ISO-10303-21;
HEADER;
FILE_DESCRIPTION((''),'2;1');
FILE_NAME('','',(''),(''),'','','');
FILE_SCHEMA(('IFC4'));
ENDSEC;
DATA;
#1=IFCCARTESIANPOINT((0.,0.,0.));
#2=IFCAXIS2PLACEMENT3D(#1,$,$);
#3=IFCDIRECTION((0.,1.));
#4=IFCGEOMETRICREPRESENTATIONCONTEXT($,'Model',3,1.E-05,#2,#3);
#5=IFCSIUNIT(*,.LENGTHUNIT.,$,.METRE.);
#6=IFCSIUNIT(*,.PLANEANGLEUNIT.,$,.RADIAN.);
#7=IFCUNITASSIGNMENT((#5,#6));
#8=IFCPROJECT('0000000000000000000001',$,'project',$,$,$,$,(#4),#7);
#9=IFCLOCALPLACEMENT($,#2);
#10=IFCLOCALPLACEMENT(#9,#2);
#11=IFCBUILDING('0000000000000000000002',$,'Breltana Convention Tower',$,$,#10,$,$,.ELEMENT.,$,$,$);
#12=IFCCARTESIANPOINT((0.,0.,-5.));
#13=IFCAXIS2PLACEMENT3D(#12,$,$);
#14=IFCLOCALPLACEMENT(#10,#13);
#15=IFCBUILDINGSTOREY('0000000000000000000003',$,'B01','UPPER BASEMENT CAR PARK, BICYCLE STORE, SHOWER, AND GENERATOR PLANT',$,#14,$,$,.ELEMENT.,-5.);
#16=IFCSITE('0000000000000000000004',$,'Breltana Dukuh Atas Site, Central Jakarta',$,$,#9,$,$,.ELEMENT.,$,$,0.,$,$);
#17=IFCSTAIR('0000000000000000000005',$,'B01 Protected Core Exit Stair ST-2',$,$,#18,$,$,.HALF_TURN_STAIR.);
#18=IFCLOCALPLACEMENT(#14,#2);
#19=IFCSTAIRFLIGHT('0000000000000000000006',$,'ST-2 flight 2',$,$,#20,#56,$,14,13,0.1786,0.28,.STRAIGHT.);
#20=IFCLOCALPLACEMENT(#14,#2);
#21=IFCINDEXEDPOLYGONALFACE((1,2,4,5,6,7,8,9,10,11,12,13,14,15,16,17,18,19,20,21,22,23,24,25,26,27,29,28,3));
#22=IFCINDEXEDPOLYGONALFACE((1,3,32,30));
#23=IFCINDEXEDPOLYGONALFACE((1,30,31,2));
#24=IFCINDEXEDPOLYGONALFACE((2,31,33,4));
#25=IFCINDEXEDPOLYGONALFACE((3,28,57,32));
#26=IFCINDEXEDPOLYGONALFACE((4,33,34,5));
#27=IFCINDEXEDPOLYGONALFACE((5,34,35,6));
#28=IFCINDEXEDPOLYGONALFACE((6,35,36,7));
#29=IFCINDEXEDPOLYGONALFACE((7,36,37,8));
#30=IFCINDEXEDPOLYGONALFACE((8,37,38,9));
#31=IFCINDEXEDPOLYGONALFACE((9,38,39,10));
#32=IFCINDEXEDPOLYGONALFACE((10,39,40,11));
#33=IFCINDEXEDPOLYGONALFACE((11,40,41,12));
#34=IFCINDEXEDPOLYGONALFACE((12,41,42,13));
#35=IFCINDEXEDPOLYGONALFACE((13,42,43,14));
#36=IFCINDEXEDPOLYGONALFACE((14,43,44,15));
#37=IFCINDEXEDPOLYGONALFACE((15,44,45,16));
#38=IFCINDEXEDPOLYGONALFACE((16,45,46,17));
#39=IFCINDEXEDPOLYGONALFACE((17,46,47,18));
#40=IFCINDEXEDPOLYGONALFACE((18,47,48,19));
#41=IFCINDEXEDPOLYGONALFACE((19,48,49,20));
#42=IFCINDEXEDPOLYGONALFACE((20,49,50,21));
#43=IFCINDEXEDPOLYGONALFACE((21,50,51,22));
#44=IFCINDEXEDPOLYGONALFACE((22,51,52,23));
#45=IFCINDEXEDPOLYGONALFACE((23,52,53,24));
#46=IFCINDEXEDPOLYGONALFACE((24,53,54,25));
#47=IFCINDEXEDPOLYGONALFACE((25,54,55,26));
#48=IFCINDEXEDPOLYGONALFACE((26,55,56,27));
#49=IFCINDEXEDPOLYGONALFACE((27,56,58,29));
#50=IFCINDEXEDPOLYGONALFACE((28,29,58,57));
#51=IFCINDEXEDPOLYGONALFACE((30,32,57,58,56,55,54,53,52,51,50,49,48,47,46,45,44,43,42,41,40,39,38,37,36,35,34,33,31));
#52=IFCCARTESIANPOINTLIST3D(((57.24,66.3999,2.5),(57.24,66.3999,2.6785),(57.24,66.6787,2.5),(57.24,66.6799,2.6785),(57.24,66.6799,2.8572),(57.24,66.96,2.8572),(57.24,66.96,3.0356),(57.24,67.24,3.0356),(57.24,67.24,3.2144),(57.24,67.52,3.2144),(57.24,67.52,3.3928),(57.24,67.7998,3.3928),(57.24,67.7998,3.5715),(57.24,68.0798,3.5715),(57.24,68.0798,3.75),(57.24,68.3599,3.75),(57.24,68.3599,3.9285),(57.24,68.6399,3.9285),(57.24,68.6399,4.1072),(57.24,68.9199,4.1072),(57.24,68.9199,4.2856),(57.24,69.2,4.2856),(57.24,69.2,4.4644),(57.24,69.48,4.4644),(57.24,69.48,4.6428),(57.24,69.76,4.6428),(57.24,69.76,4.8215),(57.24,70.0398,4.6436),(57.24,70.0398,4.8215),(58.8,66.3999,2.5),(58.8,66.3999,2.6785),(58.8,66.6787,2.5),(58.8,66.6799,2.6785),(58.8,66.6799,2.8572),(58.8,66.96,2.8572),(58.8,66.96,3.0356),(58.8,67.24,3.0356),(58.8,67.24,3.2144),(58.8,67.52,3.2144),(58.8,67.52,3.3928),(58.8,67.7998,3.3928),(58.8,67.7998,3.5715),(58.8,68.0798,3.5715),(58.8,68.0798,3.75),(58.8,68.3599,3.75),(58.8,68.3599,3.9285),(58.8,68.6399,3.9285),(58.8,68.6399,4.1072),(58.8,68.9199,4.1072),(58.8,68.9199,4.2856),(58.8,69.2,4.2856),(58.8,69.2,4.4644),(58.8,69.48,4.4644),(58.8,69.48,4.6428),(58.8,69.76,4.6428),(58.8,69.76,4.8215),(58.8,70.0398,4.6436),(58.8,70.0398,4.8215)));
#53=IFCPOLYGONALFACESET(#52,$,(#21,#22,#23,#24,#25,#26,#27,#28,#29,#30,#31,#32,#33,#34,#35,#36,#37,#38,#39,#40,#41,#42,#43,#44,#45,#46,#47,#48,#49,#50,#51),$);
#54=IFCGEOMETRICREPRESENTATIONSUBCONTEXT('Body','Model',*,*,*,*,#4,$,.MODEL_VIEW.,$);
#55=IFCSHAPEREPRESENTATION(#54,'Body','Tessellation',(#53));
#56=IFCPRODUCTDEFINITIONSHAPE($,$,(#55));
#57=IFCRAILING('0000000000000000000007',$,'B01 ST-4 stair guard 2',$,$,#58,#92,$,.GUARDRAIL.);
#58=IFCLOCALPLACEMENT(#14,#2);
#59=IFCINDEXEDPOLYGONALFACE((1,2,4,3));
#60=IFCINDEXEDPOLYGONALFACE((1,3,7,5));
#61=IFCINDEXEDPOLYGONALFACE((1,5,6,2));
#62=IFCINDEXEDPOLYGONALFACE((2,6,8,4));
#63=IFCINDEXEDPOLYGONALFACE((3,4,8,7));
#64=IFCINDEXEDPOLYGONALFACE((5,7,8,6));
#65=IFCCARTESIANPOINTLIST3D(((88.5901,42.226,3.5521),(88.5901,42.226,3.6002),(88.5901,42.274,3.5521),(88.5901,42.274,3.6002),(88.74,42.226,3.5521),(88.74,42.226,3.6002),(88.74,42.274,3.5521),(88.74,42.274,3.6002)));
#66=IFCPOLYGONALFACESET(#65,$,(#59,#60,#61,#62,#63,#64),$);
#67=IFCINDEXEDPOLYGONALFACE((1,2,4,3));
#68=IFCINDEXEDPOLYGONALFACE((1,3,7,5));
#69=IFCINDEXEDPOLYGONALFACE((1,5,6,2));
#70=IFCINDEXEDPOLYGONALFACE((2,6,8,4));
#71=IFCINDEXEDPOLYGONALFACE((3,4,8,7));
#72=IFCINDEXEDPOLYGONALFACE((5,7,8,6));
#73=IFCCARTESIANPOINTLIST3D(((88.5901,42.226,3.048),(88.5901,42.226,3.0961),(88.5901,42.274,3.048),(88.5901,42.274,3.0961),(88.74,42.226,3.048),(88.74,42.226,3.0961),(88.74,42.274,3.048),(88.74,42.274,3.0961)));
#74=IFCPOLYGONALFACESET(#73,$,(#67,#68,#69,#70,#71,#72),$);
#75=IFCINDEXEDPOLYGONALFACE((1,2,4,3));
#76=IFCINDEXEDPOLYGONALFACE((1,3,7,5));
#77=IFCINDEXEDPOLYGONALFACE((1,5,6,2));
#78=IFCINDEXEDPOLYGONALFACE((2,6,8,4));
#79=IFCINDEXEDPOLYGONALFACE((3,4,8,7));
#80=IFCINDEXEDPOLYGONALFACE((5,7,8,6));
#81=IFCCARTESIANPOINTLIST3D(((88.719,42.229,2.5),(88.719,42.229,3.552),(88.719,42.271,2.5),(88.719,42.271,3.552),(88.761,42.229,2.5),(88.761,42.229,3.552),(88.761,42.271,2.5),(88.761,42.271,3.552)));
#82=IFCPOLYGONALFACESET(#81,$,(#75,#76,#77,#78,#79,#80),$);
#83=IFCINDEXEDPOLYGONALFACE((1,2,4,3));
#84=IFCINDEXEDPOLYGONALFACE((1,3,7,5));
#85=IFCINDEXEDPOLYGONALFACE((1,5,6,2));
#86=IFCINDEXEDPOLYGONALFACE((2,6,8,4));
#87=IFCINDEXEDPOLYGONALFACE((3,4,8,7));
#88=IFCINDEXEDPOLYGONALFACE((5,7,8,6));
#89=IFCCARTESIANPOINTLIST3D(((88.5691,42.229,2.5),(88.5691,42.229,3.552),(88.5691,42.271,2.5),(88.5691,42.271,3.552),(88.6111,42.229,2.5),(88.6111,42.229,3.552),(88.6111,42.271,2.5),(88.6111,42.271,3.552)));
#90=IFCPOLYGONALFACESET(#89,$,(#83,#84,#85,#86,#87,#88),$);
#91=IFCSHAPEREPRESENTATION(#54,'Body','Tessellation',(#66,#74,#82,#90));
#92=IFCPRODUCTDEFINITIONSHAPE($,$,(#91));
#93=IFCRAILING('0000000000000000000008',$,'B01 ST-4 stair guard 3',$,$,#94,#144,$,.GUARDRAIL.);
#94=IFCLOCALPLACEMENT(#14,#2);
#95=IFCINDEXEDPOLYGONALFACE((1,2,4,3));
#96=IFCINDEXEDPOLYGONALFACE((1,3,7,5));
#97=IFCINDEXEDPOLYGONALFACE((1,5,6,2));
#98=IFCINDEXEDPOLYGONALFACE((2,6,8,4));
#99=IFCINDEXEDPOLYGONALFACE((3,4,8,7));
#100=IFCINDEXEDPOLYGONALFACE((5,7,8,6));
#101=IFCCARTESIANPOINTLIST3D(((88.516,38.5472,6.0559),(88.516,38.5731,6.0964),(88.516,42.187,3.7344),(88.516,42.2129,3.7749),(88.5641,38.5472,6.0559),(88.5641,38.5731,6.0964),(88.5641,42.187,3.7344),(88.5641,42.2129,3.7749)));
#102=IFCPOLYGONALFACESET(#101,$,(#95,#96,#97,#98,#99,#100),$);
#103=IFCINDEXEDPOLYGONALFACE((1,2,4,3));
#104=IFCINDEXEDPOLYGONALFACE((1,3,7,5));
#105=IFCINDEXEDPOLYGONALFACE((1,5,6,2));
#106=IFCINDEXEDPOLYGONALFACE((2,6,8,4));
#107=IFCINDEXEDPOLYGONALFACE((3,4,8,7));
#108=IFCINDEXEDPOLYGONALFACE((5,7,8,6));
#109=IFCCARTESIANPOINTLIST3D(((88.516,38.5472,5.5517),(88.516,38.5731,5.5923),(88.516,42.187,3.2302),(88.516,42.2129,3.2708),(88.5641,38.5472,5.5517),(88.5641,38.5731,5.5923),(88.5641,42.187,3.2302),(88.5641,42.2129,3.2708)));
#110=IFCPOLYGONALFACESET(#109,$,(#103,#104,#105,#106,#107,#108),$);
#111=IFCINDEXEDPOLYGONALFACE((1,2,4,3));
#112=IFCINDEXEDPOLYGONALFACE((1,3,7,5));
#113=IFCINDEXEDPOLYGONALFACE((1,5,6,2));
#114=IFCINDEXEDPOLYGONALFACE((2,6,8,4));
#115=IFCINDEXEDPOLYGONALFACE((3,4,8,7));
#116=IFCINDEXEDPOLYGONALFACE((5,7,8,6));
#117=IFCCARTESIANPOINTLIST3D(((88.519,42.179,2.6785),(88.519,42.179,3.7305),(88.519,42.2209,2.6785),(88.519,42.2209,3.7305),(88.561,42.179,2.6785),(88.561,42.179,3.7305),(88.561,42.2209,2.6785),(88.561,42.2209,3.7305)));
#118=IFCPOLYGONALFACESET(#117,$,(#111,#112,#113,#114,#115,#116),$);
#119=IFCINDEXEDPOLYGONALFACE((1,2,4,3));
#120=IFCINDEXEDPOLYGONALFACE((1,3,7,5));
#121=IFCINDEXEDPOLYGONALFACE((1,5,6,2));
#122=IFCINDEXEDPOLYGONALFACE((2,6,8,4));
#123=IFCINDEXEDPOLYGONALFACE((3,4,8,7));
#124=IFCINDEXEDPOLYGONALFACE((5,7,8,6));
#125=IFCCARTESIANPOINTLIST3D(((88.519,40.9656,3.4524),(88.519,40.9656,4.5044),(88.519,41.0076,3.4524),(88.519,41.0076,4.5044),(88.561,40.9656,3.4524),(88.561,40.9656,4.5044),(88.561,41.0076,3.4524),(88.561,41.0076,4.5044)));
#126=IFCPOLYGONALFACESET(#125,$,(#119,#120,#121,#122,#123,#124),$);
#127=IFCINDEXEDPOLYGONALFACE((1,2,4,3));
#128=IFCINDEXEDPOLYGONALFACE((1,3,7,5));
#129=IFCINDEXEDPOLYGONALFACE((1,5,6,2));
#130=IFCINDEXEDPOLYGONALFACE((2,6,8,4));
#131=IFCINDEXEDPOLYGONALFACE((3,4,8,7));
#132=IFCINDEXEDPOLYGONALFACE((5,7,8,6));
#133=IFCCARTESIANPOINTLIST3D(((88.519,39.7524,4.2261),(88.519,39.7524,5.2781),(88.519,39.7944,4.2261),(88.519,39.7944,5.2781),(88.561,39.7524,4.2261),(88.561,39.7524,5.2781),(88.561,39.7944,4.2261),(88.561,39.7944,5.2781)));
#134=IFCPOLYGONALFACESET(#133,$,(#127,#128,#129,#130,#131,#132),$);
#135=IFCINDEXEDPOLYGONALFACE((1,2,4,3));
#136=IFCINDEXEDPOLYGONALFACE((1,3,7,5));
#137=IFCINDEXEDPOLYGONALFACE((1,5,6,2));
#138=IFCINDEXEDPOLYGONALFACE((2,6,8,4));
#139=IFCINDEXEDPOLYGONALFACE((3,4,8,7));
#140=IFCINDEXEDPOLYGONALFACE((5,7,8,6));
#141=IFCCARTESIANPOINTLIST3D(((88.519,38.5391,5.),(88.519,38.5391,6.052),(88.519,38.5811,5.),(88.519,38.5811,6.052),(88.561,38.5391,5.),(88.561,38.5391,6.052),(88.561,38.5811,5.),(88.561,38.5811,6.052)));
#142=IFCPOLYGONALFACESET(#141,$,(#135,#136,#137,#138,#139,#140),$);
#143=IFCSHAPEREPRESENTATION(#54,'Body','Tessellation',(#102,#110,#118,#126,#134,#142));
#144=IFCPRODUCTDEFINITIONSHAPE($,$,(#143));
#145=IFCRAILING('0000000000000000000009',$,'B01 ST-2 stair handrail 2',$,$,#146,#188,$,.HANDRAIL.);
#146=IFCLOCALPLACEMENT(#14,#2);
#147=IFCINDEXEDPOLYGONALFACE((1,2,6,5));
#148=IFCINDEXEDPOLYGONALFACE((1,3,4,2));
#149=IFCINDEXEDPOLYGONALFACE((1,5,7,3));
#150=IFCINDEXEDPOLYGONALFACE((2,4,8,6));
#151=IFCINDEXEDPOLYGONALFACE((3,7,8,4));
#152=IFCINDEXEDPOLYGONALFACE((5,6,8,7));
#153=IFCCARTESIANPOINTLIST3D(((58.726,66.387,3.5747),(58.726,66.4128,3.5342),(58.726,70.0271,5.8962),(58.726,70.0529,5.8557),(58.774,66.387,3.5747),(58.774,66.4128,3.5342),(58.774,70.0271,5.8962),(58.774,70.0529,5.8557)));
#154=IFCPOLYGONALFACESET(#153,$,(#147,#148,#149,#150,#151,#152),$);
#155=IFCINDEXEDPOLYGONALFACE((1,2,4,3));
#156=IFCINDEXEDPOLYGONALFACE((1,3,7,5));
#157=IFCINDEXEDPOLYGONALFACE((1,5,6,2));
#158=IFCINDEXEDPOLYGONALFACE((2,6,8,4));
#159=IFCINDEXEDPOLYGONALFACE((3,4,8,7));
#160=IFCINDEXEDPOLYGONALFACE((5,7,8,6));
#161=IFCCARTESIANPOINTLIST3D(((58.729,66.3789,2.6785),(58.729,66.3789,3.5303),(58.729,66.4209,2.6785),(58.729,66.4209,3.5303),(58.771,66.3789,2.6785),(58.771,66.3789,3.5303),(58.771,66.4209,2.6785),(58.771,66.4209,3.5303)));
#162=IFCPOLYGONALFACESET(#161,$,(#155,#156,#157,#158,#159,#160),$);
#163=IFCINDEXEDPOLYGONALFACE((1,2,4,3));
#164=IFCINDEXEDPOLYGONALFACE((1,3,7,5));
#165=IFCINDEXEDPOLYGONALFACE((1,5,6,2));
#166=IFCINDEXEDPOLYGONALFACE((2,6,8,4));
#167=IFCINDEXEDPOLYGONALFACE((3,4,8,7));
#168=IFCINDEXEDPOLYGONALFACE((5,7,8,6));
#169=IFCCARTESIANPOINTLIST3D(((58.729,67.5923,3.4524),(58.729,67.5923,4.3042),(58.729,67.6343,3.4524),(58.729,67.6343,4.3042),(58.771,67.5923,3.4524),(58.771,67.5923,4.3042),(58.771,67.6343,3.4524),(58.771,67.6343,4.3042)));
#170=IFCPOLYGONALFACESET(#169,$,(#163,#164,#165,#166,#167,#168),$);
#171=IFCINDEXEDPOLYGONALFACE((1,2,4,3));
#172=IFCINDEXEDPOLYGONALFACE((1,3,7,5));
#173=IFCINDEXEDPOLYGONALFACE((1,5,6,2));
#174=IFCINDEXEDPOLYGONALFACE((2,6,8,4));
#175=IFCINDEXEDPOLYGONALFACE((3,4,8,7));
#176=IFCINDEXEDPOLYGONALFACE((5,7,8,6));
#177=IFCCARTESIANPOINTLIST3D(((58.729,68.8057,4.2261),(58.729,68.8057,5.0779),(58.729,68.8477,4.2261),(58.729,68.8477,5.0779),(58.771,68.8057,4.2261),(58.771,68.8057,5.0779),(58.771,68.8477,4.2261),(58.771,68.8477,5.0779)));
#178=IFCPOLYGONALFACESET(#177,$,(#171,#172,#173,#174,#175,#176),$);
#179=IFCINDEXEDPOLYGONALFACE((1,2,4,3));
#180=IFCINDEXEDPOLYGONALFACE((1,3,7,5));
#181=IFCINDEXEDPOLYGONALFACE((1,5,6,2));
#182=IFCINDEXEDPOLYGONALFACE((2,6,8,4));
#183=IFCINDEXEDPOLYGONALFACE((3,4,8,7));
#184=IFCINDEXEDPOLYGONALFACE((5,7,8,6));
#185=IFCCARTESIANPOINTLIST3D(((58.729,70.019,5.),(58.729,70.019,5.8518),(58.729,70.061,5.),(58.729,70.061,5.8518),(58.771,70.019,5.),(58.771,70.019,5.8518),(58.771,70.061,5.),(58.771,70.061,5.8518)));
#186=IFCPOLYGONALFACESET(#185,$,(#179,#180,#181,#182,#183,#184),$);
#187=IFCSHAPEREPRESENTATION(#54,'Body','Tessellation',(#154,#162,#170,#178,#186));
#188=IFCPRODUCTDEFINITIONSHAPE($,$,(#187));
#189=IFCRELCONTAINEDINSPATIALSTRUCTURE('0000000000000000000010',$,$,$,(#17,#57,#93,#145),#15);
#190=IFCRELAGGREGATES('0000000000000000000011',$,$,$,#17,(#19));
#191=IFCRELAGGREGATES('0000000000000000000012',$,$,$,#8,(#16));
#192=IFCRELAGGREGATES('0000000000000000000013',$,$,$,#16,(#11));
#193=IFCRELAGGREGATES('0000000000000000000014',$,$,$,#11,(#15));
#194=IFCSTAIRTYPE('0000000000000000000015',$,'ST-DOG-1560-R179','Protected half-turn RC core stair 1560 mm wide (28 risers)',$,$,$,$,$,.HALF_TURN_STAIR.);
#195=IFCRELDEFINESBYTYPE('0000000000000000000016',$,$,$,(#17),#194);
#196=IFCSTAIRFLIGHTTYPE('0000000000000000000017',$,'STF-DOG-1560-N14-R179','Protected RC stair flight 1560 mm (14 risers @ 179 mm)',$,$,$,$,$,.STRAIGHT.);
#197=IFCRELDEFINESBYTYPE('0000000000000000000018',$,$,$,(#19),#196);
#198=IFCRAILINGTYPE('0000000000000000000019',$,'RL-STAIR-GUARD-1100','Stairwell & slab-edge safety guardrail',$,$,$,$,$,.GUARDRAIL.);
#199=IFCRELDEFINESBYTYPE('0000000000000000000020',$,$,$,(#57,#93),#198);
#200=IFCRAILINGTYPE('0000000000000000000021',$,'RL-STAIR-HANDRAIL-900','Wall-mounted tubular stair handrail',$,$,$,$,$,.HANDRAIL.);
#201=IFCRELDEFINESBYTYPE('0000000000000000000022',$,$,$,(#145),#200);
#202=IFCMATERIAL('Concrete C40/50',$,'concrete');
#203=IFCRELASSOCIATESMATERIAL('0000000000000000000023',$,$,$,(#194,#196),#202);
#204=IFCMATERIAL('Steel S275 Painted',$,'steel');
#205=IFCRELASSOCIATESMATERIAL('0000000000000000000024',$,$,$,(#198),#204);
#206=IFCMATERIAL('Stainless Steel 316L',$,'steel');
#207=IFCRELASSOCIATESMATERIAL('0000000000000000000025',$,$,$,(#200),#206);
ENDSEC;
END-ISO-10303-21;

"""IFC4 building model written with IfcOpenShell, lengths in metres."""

from ifc_helpers import new_model, si_unit, direction, frame, origin, origin_2d, place, context, subcontext, project, spatial, polyline, rectangle, outline, extrude, material, type_object, element, aggregate, save


model = new_model("IFC4")

# Units and contexts
model_context = context("Model", 3, precision=1e-05, world=origin(), true_north=direction((0.0, 1.0)))
body_context = subcontext(model_context, "Body", "Model", "MODEL_VIEW")
ifc_project = project(units=[si_unit("LENGTHUNIT", "METRE"), si_unit("PLANEANGLEUNIT", "RADIAN")], contexts=[model_context])

# Site, building, storey
site_placement = place(None, origin())
site = spatial("IfcSite", under=ifc_project, at=site_placement, Name="Breltana Dukuh Atas Site, Central Jakarta", CompositionType="ELEMENT", RefElevation=0.0)
building_placement = place(site_placement, origin())
building = spatial("IfcBuilding", under=site, at=building_placement, Name="Breltana Convention Tower", CompositionType="ELEMENT")
storey_placement = place(building_placement, frame((0.0, 0.0, -5.0)))
storey = spatial("IfcBuildingStorey", under=building, at=storey_placement, Name="B01", Description="UPPER BASEMENT CAR PARK, BICYCLE STORE, SHOWER, AND GENERATOR PLANT", CompositionType="ELEMENT", Elevation=-5.0)

# Shared definitions
ifc_material_1 = material(Name="Concrete C40/50", Category="concrete")

# Stair, stair flight
stair_type = type_object("IfcStairType", Name="ST-DOG-1560-R179", Description="Protected half-turn RC core stair 1560 mm wide (28 risers)", PredefinedType="HALF_TURN_STAIR", material=ifc_material_1)
stair_placement = place(storey_placement, origin())
stair = element("IfcStair", 1, at=stair_placement, inside=storey, type_object=stair_type, Name="B01 Protected Core Exit Stair ST-2", PredefinedType="HALF_TURN_STAIR")
stair_flight_type = type_object("IfcStairFlightType", Name="STF-DOG-1560-N14-R179", Description="Protected RC stair flight 1560 mm (14 risers @ 179 mm)", PredefinedType="STRAIGHT", material=ifc_material_1)
stair_flight_placement = place(storey_placement, frame((58.02, 66.3999, 2.5), z_axis=(0.0, 0.0, 1.0), x_axis=(0.0, 1.0, 0.0)))
stair_flight = element("IfcStairFlight", 2, at=stair_flight_placement, type_object=stair_flight_type, Name="ST-2 flight 2", NumberOfRisers=14, NumberOfTreads=13, PredefinedType="STRAIGHT", RiserHeight=0.1786, TreadLength=0.28, context=body_context, shape_type="SweptSolid", body=[
    extrude(outline(polyline([(0.0, 0.0), (0.0, 0.1785), (0.28, 0.1785), (0.28, 0.3572), (0.5601, 0.3572), (0.5601, 0.5356), (0.8401, 0.5356), (0.8401, 0.7144), (1.1201, 0.7144), (1.1201, 0.8928), (1.3999, 0.8928), (1.3999, 1.0715), (1.6799, 1.0715), (1.6799, 1.25), (1.96, 1.25), (1.96, 1.4285), (2.24, 1.4285), (2.24, 1.6072), (2.52, 1.6072), (2.52, 1.7856), (2.8, 1.7856), (2.8, 1.9644), (3.0801, 1.9644), (3.0801, 2.1428), (3.3601, 2.1428), (3.3601, 2.3215), (3.6399, 2.3215), (3.6399, 2.5), (3.6399, 2.1436), (0.2788, 0.0), (0.0, 0.0)])), frame((0.0, 0.78, 0.0), z_axis=(0.0, -1.0, 0.0), x_axis=(1.0, 0.0, 0.0)), (0.0, 0.0, 1.0), 1.5601),
])
aggregate(stair, [stair_flight])

# Railings
ifc_material_2 = material(Name="Steel S275 Painted", Category="steel")
railing_type_1 = type_object("IfcRailingType", Name="RL-STAIR-GUARD-1100", Description="Stairwell & slab-edge safety guardrail", PredefinedType="GUARDRAIL", material=ifc_material_2)
railing_1_placement = place(storey_placement, frame((88.74, 42.25, 2.5)))
element("IfcRailing", 3, at=railing_1_placement, inside=storey, type_object=railing_type_1, Name="B01 ST-4 stair guard 2", PredefinedType="GUARDRAIL", context=body_context, shape_type="SweptSolid", body=[
    extrude(rectangle(XDim=0.0481, YDim=0.0481, at=origin_2d()), frame((0.0, 0.0, 1.0762), z_axis=(-1.0, 0.0, 0.0), x_axis=(0.0, -1.0, 0.0)), (0.0, 0.0, 1.0), 0.1499),
    extrude(rectangle(XDim=0.0481, YDim=0.0481, at=origin_2d()), frame((0.0, 0.0, 0.572), z_axis=(-1.0, 0.0, 0.0), x_axis=(0.0, -1.0, 0.0)), (0.0, 0.0, 1.0), 0.1499),
    extrude(rectangle(XDim=0.042, YDim=0.042, at=origin_2d()), origin(), (0.0, 0.0, 1.0), 1.052),
    extrude(rectangle(XDim=0.042, YDim=0.042, at=origin_2d()), frame((-0.1499, 0.0, 0.0)), (0.0, 0.0, 1.0), 1.052),
])
railing_2_placement = place(storey_placement, frame((88.54, 42.2, 2.6785)))
element("IfcRailing", 4, at=railing_2_placement, inside=storey, type_object=railing_type_1, Name="B01 ST-4 stair guard 3", PredefinedType="GUARDRAIL", context=body_context, shape_type="SweptSolid", body=[
    extrude(rectangle(XDim=0.0481, YDim=0.0481, at=origin_2d()), frame((0.0, 0.0, 1.0762), z_axis=(0.0, -0.843112, 0.537739), x_axis=(1.0, 0.0, 0.0)), (0.0, 0.0, 1.0), 4.3171),
    extrude(rectangle(XDim=0.0481, YDim=0.0481, at=origin_2d()), frame((0.0, 0.0, 0.572), z_axis=(0.0, -0.843112, 0.537739), x_axis=(1.0, 0.0, 0.0)), (0.0, 0.0, 1.0), 4.3171),
    extrude(rectangle(XDim=0.042, YDim=0.042, at=origin_2d()), origin(), (0.0, 0.0, 1.0), 1.052),
    extrude(rectangle(XDim=0.042, YDim=0.042, at=origin_2d()), frame((0.0, -1.2134, 0.7739)), (0.0, 0.0, 1.0), 1.052),
    extrude(rectangle(XDim=0.042, YDim=0.042, at=origin_2d()), frame((0.0, -2.4265, 1.5476)), (0.0, 0.0, 1.0), 1.052),
    extrude(rectangle(XDim=0.042, YDim=0.042, at=origin_2d()), frame((0.0, -3.6399, 2.3215)), (0.0, 0.0, 1.0), 1.052),
])
ifc_material_3 = material(Name="Stainless Steel 316L", Category="steel")
railing_type_2 = type_object("IfcRailingType", Name="RL-STAIR-HANDRAIL-900", Description="Wall-mounted tubular stair handrail", PredefinedType="HANDRAIL", material=ifc_material_3)
railing_3_placement = place(storey_placement, frame((58.75, 66.3999, 2.6785)))
element("IfcRailing", 5, at=railing_3_placement, inside=storey, type_object=railing_type_2, Name="B01 ST-2 stair handrail 2", PredefinedType="HANDRAIL", context=body_context, shape_type="SweptSolid", body=[
    extrude(rectangle(XDim=0.0481, YDim=0.0481, at=origin_2d()), frame((0.0, 0.0, 0.876), z_axis=(0.0, 0.843128, 0.537713), x_axis=(-1.0, 0.0, 0.0)), (0.0, 0.0, 1.0), 4.3174),
    extrude(rectangle(XDim=0.042, YDim=0.042, at=origin_2d()), origin(), (0.0, 0.0, 1.0), 0.8518),
    extrude(rectangle(XDim=0.042, YDim=0.042, at=origin_2d()), frame((0.0, 1.2134, 0.7739)), (0.0, 0.0, 1.0), 0.8518),
    extrude(rectangle(XDim=0.042, YDim=0.042, at=origin_2d()), frame((0.0, 2.4268, 1.5476)), (0.0, 0.0, 1.0), 0.8518),
    extrude(rectangle(XDim=0.042, YDim=0.042, at=origin_2d()), frame((0.0, 3.6401, 2.3215)), (0.0, 0.0, 1.0), 0.8518),
])

save(model, "model.ifc")
